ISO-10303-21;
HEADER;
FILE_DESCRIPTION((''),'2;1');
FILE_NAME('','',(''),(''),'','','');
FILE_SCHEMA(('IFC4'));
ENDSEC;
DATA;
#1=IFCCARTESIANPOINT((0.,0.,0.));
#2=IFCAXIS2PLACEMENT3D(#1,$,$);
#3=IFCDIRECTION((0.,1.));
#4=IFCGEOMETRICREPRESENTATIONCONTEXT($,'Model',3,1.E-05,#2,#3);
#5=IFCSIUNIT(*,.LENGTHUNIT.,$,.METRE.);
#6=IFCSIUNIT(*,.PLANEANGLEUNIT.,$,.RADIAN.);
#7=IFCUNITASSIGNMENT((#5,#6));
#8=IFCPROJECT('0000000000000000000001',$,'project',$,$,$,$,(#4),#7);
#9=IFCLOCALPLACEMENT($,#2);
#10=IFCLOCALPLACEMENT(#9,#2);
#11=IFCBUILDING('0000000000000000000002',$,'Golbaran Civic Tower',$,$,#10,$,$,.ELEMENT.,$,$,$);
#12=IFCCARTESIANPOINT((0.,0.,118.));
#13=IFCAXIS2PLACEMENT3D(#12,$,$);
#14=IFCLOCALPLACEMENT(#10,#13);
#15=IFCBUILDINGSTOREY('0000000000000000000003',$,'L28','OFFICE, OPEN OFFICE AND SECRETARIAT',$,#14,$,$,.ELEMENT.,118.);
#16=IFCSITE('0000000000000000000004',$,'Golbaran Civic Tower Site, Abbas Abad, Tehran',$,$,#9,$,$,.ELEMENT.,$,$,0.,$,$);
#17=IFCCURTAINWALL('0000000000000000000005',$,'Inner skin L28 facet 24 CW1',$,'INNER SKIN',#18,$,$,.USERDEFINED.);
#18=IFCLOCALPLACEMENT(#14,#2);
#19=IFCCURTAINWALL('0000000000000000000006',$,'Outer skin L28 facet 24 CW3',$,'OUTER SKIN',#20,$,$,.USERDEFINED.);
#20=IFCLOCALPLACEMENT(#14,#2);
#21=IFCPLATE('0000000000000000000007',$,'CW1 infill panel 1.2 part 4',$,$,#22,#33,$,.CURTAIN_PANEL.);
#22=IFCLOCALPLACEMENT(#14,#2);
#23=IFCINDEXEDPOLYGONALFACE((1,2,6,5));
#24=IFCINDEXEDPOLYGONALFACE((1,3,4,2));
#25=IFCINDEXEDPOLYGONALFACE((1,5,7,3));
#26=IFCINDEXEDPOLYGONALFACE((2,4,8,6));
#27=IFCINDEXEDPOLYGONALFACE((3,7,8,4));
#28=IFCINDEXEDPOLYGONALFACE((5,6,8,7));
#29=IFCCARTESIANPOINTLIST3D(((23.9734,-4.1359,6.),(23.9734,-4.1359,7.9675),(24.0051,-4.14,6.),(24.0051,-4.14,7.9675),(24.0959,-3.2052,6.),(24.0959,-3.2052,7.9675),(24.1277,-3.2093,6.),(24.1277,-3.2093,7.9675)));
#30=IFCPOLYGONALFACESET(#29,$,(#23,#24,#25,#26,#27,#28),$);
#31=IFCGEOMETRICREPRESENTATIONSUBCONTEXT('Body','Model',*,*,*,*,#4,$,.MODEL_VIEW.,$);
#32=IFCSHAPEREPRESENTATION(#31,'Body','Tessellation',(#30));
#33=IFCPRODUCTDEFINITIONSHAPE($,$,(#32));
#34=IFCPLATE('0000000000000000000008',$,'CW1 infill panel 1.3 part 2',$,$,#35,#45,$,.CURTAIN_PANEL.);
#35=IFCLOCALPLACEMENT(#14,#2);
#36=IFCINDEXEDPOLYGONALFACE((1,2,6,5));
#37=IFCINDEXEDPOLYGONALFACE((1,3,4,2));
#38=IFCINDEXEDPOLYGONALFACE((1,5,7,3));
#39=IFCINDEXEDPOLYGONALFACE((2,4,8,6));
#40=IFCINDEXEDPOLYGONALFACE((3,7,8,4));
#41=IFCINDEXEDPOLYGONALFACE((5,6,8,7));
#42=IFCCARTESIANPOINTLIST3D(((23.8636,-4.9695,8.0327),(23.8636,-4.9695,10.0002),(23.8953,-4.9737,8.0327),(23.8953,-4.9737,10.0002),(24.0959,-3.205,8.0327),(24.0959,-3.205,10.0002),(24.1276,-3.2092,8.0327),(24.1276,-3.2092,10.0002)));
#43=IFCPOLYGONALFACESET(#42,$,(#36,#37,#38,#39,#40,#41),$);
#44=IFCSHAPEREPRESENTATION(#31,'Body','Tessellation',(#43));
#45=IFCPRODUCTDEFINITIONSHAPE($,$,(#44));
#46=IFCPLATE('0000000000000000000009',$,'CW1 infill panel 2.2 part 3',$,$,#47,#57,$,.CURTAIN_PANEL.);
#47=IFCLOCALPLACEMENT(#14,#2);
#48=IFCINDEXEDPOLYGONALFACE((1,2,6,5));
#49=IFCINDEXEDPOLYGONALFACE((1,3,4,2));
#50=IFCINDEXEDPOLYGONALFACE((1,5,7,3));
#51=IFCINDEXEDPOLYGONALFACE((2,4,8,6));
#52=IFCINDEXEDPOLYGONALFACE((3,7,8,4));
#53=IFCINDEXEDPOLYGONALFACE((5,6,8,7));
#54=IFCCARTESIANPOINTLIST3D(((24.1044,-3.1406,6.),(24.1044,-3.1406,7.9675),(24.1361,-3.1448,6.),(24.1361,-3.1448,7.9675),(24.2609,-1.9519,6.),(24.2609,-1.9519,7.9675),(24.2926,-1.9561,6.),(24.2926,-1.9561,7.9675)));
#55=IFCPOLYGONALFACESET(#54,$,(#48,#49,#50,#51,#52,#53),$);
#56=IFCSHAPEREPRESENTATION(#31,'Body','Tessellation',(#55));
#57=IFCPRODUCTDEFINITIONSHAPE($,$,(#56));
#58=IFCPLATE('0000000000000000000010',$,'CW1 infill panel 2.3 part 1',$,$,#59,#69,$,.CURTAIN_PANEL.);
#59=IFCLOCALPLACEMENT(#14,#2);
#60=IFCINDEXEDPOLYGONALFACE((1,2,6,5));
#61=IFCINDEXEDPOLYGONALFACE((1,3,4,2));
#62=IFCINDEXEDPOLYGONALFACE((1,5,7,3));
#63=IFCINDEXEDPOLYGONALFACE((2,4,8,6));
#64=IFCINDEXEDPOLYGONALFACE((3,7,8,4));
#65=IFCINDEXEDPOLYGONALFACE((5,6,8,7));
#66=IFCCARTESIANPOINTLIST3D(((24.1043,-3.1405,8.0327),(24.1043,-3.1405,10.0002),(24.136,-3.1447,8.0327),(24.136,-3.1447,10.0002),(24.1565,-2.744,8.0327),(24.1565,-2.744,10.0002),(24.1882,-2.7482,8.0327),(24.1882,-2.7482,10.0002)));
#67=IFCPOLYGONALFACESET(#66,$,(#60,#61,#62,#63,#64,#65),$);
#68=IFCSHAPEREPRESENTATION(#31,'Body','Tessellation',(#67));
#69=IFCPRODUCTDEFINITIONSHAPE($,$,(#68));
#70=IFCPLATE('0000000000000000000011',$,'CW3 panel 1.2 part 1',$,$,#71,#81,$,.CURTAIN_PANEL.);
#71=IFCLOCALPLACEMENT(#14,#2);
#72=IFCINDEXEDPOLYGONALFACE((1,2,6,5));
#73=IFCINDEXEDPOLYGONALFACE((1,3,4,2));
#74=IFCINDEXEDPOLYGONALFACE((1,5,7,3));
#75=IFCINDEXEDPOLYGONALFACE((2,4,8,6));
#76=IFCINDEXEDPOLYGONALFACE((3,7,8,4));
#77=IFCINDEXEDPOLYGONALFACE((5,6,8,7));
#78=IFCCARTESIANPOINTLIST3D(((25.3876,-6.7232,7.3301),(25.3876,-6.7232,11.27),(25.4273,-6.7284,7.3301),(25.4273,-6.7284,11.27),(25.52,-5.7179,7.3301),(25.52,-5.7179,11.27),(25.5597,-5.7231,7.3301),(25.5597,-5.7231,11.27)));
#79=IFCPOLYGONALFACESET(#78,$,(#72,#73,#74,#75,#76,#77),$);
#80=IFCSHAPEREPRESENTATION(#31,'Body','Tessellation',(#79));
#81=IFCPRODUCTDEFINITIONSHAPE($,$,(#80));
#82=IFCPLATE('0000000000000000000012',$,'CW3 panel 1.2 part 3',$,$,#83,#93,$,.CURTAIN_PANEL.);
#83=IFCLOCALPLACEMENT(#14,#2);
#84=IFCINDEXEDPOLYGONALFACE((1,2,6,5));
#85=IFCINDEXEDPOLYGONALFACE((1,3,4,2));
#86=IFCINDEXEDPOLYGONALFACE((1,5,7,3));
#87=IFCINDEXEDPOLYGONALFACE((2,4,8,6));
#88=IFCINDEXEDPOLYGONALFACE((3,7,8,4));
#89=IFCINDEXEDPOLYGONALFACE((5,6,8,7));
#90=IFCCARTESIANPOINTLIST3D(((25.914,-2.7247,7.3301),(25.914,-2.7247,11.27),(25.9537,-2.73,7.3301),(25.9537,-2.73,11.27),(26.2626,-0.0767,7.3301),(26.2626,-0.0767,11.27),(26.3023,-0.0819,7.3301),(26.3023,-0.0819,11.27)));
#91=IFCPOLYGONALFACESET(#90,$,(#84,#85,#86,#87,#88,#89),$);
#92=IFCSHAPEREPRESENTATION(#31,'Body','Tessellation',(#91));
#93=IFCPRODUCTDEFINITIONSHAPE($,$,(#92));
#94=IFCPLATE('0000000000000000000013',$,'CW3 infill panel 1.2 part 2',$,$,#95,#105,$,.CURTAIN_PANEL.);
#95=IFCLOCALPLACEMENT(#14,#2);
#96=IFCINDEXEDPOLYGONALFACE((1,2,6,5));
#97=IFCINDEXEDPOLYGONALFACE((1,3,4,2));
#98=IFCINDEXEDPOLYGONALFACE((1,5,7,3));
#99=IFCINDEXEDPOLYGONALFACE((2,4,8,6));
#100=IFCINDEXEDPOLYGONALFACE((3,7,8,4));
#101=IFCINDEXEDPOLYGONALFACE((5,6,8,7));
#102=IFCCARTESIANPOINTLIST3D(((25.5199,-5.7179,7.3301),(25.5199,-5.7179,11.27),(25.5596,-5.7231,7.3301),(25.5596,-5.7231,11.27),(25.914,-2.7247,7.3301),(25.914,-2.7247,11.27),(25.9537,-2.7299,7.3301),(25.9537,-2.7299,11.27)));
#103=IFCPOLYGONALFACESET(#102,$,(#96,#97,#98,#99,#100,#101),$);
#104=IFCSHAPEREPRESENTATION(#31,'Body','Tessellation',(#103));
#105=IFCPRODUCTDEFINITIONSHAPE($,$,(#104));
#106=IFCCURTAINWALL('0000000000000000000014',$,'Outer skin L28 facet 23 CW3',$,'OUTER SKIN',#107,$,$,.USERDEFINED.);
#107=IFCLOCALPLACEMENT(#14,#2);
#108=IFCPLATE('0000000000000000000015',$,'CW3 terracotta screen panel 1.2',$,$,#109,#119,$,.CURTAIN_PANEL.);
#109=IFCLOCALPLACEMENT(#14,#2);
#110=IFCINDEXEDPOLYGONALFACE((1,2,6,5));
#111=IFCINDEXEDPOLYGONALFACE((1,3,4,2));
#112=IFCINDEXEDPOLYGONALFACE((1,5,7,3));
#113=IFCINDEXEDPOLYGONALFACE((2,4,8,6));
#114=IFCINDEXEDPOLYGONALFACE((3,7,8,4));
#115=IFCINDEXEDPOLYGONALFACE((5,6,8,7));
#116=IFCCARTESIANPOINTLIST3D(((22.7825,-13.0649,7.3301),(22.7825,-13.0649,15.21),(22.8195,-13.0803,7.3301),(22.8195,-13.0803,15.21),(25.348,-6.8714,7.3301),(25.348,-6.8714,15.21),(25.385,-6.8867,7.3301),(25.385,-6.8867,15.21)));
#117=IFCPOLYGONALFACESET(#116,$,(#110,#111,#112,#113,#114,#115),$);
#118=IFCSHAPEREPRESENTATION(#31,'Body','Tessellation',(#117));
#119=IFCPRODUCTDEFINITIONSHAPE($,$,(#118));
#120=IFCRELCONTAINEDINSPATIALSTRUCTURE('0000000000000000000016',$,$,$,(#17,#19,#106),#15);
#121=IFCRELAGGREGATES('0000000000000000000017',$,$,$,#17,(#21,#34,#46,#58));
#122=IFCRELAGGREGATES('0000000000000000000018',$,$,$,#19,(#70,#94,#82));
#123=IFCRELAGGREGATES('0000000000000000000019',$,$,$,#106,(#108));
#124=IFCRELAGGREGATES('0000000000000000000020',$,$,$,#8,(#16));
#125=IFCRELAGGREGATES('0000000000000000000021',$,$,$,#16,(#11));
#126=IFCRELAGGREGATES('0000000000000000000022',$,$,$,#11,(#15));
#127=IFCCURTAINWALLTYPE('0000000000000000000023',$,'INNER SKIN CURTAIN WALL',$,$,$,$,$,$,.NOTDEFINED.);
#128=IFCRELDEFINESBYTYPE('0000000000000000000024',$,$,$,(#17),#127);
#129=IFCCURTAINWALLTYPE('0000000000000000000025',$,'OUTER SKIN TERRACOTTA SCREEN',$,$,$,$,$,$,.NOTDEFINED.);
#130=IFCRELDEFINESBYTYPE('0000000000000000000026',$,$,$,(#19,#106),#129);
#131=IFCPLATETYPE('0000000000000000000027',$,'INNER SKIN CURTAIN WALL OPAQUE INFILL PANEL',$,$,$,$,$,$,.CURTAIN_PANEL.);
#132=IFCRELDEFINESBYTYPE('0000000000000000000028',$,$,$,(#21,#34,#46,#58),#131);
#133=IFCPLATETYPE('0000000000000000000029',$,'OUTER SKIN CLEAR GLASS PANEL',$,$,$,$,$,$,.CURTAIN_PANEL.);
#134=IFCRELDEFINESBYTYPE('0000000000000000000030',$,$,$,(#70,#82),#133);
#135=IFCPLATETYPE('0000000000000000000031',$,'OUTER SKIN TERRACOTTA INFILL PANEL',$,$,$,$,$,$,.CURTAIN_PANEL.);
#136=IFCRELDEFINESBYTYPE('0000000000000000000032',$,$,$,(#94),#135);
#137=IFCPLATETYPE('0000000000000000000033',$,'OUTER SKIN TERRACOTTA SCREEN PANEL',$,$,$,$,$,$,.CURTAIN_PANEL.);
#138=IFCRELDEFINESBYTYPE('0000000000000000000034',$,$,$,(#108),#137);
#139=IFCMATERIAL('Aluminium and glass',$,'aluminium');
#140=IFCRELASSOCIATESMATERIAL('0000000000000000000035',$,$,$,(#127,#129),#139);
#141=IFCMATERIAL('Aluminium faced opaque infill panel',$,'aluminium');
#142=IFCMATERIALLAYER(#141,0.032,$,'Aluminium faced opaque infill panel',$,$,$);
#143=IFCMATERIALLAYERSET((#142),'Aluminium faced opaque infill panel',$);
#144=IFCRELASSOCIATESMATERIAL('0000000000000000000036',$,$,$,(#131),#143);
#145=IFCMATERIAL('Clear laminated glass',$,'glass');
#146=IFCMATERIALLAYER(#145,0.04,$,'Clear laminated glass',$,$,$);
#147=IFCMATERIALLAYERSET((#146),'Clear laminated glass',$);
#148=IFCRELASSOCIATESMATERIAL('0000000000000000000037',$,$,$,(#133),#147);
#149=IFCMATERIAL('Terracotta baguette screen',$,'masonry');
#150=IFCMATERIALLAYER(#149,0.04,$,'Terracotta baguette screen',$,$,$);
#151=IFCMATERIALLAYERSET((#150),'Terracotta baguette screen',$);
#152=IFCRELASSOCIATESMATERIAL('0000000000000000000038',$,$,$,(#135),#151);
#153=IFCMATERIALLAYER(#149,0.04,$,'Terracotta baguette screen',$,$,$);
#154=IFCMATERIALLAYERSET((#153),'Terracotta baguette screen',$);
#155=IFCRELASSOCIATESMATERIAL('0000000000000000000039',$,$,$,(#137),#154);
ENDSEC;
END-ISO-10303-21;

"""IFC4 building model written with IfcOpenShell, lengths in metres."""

from ifc_helpers import new_model, si_unit, direction, frame, origin, origin_2d, place, context, subcontext, project, spatial, rectangle, extrude, material, layer, layer_set, type_object, element, aggregate, save


model = new_model("IFC4")

# Units and contexts
model_context = context("Model", 3, precision=1e-05, world=origin(), true_north=direction((0.0, 1.0)))
body_context = subcontext(model_context, "Body", "Model", "MODEL_VIEW")
ifc_project = project(units=[si_unit("LENGTHUNIT", "METRE"), si_unit("PLANEANGLEUNIT", "RADIAN")], contexts=[model_context])

# Site, building, storey
site_placement = place(None, origin())
site = spatial("IfcSite", under=ifc_project, at=site_placement, Name="Golbaran Civic Tower Site, Abbas Abad, Tehran", CompositionType="ELEMENT", RefElevation=0.0)
building_placement = place(site_placement, origin())
building = spatial("IfcBuilding", under=site, at=building_placement, Name="Golbaran Civic Tower", CompositionType="ELEMENT")
storey_placement = place(building_placement, frame((0.0, 0.0, 118.0)))
storey = spatial("IfcBuildingStorey", under=building, at=storey_placement, Name="L28", Description="OFFICE, OPEN OFFICE AND SECRETARIAT", CompositionType="ELEMENT", Elevation=118.0)

# Shared definitions
ifc_material_1 = material(Name="Aluminium and glass", Category="aluminium")
curtain_wall_type_1 = type_object("IfcCurtainWallType", Name="INNER SKIN CURTAIN WALL", PredefinedType="NOTDEFINED", material=ifc_material_1)

# Curtain wall
curtain_wall_1_placement = place(storey_placement, origin())
curtain_wall_1 = element("IfcCurtainWall", 1, at=curtain_wall_1_placement, inside=storey, type_object=curtain_wall_type_1, Name="Inner skin L28 facet 24 CW1", ObjectType="INNER SKIN", PredefinedType="USERDEFINED")

# Curtain wall
curtain_wall_type_2 = type_object("IfcCurtainWallType", Name="OUTER SKIN TERRACOTTA SCREEN", PredefinedType="NOTDEFINED", material=ifc_material_1)
curtain_wall_2_placement = place(storey_placement, origin())
curtain_wall_2 = element("IfcCurtainWall", 2, at=curtain_wall_2_placement, inside=storey, type_object=curtain_wall_type_2, Name="Outer skin L28 facet 24 CW3", ObjectType="OUTER SKIN", PredefinedType="USERDEFINED")

# Plates
ifc_material_2 = material(Name="Aluminium faced opaque infill panel", Category="aluminium")
ifc_layer_1 = layer(ifc_material_2, 0.032, Name="Aluminium faced opaque infill panel")
ifc_layer_set_1 = layer_set([ifc_layer_1], Name="Aluminium faced opaque infill panel")
plate_type_1 = type_object("IfcPlateType", Name="INNER SKIN CURTAIN WALL OPAQUE INFILL PANEL", PredefinedType="CURTAIN_PANEL", material=ifc_layer_set_1)
plate_1_placement = place(storey_placement, frame((24.0505, -3.6726, 6.0), z_axis=(0.0, 0.0, 1.0), x_axis=(0.130526, 0.991445, 0.0)))
plate_1 = element("IfcPlate", 3, at=plate_1_placement, type_object=plate_type_1, Name="CW1 infill panel 1.2 part 4", PredefinedType="CURTAIN_PANEL", context=body_context, shape_type="SweptSolid", body=[
    extrude(rectangle(XDim=0.9387, YDim=0.032, at=origin_2d()), origin(), (0.0, 0.0, 1.0), 1.9675),
])
plate_2_placement = place(storey_placement, frame((23.9956, -4.0894, 8.0327), z_axis=(0.0, 0.0, 1.0), x_axis=(0.130526, 0.991445, 0.0)))
plate_2 = element("IfcPlate", 4, at=plate_2_placement, type_object=plate_type_1, Name="CW1 infill panel 1.3 part 2", PredefinedType="CURTAIN_PANEL", context=body_context, shape_type="SweptSolid", body=[
    extrude(rectangle(XDim=1.7798, YDim=0.032, at=origin_2d()), origin(), (0.0, 0.0, 1.0), 1.9675),
])
plate_3_placement = place(storey_placement, frame((24.1985, -2.5483, 6.0), z_axis=(0.0, 0.0, 1.0), x_axis=(0.130526, 0.991445, 0.0)))
plate_3 = element("IfcPlate", 5, at=plate_3_placement, type_object=plate_type_1, Name="CW1 infill panel 2.2 part 3", PredefinedType="CURTAIN_PANEL", context=body_context, shape_type="SweptSolid", body=[
    extrude(rectangle(XDim=1.199, YDim=0.032, at=origin_2d()), origin(), (0.0, 0.0, 1.0), 1.9675),
])
plate_4_placement = place(storey_placement, frame((24.1462, -2.9443, 8.0327), z_axis=(0.0, 0.0, 1.0), x_axis=(0.130526, 0.991445, 0.0)))
plate_4 = element("IfcPlate", 6, at=plate_4_placement, type_object=plate_type_1, Name="CW1 infill panel 2.3 part 1", PredefinedType="CURTAIN_PANEL", context=body_context, shape_type="SweptSolid", body=[
    extrude(rectangle(XDim=0.3999, YDim=0.032, at=origin_2d()), origin(), (0.0, 0.0, 1.0), 1.9675),
])
aggregate(curtain_wall_1, [plate_1, plate_2, plate_3, plate_4])
ifc_material_3 = material(Name="Clear laminated glass", Category="glass")
ifc_layer_2 = layer(ifc_material_3, 0.04, Name="Clear laminated glass")
ifc_layer_set_2 = layer_set([ifc_layer_2], Name="Clear laminated glass")
plate_type_2 = type_object("IfcPlateType", Name="OUTER SKIN CLEAR GLASS PANEL", PredefinedType="CURTAIN_PANEL", material=ifc_layer_set_2)
plate_5_placement = place(storey_placement, frame((25.4736, -6.2231, 7.3301), z_axis=(0.0, 0.0, 1.0), x_axis=(0.130526, 0.991445, 0.0)))
plate_5 = element("IfcPlate", 7, at=plate_5_placement, type_object=plate_type_2, Name="CW3 panel 1.2 part 1", PredefinedType="CURTAIN_PANEL", context=body_context, shape_type="SweptSolid", body=[
    extrude(rectangle(XDim=1.0139, YDim=0.04, at=origin_2d()), origin(), (0.0, 0.0, 1.0), 3.9399),
])
plate_6_placement = place(storey_placement, frame((26.1082, -1.4033, 7.3301), z_axis=(0.0, 0.0, 1.0), x_axis=(0.130526, 0.991445, 0.0)))
plate_6 = element("IfcPlate", 8, at=plate_6_placement, type_object=plate_type_2, Name="CW3 panel 1.2 part 3", PredefinedType="CURTAIN_PANEL", context=body_context, shape_type="SweptSolid", body=[
    extrude(rectangle(XDim=2.6709, YDim=0.04, at=origin_2d()), origin(), (0.0, 0.0, 1.0), 3.9399),
])
ifc_material_4 = material(Name="Terracotta baguette screen", Category="masonry")
ifc_layer_3 = layer(ifc_material_4, 0.04, Name="Terracotta baguette screen")
ifc_layer_set_3 = layer_set([ifc_layer_3], Name="Terracotta baguette screen")
plate_type_3 = type_object("IfcPlateType", Name="OUTER SKIN TERRACOTTA INFILL PANEL", PredefinedType="CURTAIN_PANEL", material=ifc_layer_set_3)
plate_7_placement = place(storey_placement, frame((25.7368, -4.2239, 7.3301), z_axis=(0.0, 0.0, 1.0), x_axis=(0.130526, 0.991445, 0.0)))
plate_7 = element("IfcPlate", 9, at=plate_7_placement, type_object=plate_type_3, Name="CW3 infill panel 1.2 part 2", PredefinedType="CURTAIN_PANEL", context=body_context, shape_type="SweptSolid", body=[
    extrude(rectangle(XDim=3.019, YDim=0.04, at=origin_2d()), origin(), (0.0, 0.0, 1.0), 3.9399),
])
aggregate(curtain_wall_2, [plate_5, plate_7, plate_6])

# Curtain wall, plate
curtain_wall_3_placement = place(storey_placement, origin())
curtain_wall_3 = element("IfcCurtainWall", 10, at=curtain_wall_3_placement, inside=storey, type_object=curtain_wall_type_2, Name="Outer skin L28 facet 23 CW3", ObjectType="OUTER SKIN", PredefinedType="USERDEFINED")
ifc_layer_4 = layer(ifc_material_4, 0.04, Name="Terracotta baguette screen")
ifc_layer_set_4 = layer_set([ifc_layer_4], Name="Terracotta baguette screen")
plate_type_4 = type_object("IfcPlateType", Name="OUTER SKIN TERRACOTTA SCREEN PANEL", PredefinedType="CURTAIN_PANEL", material=ifc_layer_set_4)
plate_8_placement = place(storey_placement, frame((24.0837, -9.9758, 7.3301), z_axis=(0.0, 0.0, 1.0), x_axis=(0.382683, 0.92388, 0.0)))
plate_8 = element("IfcPlate", 11, at=plate_8_placement, type_object=plate_type_4, Name="CW3 terracotta screen panel 1.2", PredefinedType="CURTAIN_PANEL", context=body_context, shape_type="SweptSolid", body=[
    extrude(rectangle(XDim=6.7039, YDim=0.04, at=origin_2d()), origin(), (0.0, 0.0, 1.0), 7.8799),
])
aggregate(curtain_wall_3, [plate_8])

save(model, "model.ifc")
